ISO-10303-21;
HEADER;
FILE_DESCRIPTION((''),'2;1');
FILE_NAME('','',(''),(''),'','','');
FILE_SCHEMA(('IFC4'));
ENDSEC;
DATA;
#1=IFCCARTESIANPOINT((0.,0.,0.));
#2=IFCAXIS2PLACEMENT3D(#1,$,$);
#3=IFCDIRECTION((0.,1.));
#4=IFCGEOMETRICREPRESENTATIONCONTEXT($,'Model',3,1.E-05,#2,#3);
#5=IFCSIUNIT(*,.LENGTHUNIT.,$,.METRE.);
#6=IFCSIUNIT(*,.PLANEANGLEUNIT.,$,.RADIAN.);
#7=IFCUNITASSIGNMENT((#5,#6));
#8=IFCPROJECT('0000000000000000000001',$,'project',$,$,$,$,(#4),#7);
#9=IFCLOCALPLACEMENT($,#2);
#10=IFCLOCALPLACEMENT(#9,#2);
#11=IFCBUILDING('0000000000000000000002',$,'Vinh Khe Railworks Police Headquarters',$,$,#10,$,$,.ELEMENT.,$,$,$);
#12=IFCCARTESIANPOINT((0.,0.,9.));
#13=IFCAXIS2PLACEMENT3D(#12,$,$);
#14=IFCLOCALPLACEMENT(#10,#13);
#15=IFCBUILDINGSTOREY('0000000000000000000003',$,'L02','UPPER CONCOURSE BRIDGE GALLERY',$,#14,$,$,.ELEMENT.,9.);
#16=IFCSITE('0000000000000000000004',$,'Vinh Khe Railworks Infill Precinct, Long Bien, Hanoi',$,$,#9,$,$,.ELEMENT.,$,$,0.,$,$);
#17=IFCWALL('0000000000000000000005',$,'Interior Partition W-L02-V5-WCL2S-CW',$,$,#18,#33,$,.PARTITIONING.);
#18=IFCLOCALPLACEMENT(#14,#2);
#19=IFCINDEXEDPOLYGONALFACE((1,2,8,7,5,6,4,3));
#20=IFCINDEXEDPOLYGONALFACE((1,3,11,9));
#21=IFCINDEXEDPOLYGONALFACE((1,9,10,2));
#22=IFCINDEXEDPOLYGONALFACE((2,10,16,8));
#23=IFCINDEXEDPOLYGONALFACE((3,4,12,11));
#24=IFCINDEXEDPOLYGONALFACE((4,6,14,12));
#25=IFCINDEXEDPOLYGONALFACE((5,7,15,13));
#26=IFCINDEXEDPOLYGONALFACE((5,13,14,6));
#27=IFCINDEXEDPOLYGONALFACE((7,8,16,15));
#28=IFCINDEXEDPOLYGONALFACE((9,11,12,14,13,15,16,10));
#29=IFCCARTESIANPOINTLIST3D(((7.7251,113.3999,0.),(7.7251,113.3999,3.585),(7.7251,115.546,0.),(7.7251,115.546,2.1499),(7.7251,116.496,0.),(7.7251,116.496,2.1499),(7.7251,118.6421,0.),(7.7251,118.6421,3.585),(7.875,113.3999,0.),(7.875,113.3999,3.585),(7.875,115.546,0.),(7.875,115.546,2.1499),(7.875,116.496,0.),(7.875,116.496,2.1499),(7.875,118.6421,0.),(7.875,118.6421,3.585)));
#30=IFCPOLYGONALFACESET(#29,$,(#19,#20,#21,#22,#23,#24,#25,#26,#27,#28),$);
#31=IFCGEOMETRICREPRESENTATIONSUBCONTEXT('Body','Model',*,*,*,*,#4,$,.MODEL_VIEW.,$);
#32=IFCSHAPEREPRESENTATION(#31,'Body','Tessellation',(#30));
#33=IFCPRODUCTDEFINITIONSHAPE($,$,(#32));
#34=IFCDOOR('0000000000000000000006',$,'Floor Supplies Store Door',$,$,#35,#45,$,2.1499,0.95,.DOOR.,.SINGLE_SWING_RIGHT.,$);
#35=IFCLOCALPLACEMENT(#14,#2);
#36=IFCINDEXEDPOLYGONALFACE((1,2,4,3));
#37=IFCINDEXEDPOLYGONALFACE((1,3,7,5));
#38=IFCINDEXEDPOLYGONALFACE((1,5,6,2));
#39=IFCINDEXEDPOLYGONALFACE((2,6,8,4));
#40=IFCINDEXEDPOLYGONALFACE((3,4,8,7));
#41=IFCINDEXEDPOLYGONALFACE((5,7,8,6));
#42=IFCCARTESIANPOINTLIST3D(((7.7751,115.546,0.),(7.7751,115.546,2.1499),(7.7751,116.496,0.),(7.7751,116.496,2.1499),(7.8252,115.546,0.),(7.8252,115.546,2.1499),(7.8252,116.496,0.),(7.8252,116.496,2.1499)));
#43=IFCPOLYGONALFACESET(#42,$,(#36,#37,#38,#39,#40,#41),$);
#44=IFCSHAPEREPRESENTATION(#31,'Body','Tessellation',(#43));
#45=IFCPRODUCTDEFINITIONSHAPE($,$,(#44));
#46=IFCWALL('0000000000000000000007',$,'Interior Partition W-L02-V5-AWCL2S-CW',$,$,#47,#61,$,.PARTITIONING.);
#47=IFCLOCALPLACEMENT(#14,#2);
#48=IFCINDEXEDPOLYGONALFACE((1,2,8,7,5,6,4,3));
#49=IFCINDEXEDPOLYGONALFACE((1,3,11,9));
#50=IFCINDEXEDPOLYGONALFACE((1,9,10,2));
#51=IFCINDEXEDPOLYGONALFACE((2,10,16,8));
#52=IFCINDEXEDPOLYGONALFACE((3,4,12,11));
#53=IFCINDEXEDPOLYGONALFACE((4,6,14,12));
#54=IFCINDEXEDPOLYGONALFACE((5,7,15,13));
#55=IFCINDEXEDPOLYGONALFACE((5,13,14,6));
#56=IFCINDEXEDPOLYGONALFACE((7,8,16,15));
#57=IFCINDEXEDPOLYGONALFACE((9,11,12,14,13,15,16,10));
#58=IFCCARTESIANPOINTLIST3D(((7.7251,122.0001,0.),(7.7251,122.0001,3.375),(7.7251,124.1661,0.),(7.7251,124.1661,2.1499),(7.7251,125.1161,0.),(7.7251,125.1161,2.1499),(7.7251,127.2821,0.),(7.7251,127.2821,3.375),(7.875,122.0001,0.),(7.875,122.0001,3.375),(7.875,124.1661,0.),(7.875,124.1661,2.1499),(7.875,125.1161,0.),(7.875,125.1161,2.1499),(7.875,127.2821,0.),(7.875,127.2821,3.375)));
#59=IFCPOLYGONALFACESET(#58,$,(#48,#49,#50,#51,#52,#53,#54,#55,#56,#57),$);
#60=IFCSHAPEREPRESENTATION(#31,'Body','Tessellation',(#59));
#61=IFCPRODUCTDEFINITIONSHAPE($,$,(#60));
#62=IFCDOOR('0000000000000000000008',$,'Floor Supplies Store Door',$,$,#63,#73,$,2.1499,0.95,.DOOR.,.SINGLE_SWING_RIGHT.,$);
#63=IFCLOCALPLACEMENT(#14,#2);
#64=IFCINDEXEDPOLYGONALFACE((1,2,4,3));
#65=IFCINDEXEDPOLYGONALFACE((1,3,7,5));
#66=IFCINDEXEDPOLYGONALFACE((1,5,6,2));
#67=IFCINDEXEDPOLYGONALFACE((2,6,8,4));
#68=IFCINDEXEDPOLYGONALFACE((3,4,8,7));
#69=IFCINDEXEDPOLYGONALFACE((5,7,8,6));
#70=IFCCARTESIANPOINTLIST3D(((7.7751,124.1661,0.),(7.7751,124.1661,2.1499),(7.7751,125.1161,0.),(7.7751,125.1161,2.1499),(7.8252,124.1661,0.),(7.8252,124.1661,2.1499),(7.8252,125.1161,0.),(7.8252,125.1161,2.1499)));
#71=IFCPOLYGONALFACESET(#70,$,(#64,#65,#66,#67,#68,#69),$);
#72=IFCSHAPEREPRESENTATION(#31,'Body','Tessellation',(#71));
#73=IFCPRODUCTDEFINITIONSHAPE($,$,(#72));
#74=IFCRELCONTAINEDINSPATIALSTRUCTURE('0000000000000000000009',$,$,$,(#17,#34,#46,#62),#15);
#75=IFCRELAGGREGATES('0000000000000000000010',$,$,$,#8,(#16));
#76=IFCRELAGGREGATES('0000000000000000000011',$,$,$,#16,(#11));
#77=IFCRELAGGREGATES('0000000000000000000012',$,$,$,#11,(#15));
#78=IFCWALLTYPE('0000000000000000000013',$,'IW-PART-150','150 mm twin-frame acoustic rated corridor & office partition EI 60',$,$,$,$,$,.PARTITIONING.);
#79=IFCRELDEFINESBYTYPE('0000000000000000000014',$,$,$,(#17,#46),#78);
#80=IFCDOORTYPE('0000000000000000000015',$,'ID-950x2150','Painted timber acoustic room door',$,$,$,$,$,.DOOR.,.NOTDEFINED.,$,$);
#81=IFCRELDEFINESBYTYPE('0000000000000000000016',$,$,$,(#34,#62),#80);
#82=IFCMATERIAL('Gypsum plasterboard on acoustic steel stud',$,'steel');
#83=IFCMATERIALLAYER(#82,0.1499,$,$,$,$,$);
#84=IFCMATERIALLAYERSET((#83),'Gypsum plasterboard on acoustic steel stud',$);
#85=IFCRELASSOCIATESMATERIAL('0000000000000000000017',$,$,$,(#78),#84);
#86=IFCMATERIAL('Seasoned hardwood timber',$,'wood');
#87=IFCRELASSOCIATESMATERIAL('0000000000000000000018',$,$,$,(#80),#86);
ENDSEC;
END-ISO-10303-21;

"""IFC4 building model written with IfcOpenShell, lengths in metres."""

from ifc_helpers import new_model, si_unit, direction, frame, frame_2d, origin, place, context, subcontext, project, spatial, rectangle, extrude, material, layer, layer_set, type_object, element, fill, save


model = new_model("IFC4")

# Units and contexts
model_context = context("Model", 3, precision=1e-05, world=origin(), true_north=direction((0.0, 1.0)))
body_context = subcontext(model_context, "Body", "Model", "MODEL_VIEW")
ifc_project = project(units=[si_unit("LENGTHUNIT", "METRE"), si_unit("PLANEANGLEUNIT", "RADIAN")], contexts=[model_context])

# Site, building, storey
site_placement = place(None, origin())
site = spatial("IfcSite", under=ifc_project, at=site_placement, Name="Vinh Khe Railworks Infill Precinct, Long Bien, Hanoi", CompositionType="ELEMENT", RefElevation=0.0)
building_placement = place(site_placement, origin())
building = spatial("IfcBuilding", under=site, at=building_placement, Name="Vinh Khe Railworks Police Headquarters", CompositionType="ELEMENT")
storey_placement = place(building_placement, frame((0.0, 0.0, 9.0)))
storey = spatial("IfcBuildingStorey", under=building, at=storey_placement, Name="L02", Description="UPPER CONCOURSE BRIDGE GALLERY", CompositionType="ELEMENT", Elevation=9.0)

# Walls, openings, doors
ifc_material_1 = material(Name="Gypsum plasterboard on acoustic steel stud", Category="steel")
ifc_layer_1 = layer(ifc_material_1, 0.1499)
ifc_layer_set_1 = layer_set([ifc_layer_1], Name="Gypsum plasterboard on acoustic steel stud")
wall_type_1 = type_object("IfcWallType", Name="IW-PART-150", Description="150 mm twin-frame acoustic rated corridor & office partition EI 60", PredefinedType="PARTITIONING", material=ifc_layer_set_1)
wall_1_placement = place(storey_placement, frame((7.8, 113.3999, 0.0), z_axis=(0.0, 0.0, 1.0), x_axis=(0.0, 1.0, 0.0)))
wall_1 = element("IfcWall", 1, at=wall_1_placement, inside=storey, type_object=wall_type_1, Name="Interior Partition W-L02-V5-WCL2S-CW", PredefinedType="PARTITIONING", context=body_context, shape_type="SweptSolid", body=[
    extrude(rectangle(XDim=5.2422, YDim=0.1499, at=frame_2d((2.6211, 0.0))), origin(), (0.0, 0.0, 1.0), 3.585),
])
opening_1_placement = place(wall_1_placement, frame((2.146, 0.0, 0.0)))
opening_1 = element("IfcOpeningElement", 2, at=opening_1_placement, cuts=wall_1, PredefinedType="OPENING", context=body_context, shape_type="SweptSolid", body=[
    extrude(rectangle(XDim=0.95, YDim=2.1499, at=frame_2d((0.4751, 1.075))), frame((0.0, 0.0898, 0.0), z_axis=(0.0, -1.0, 0.0), x_axis=(1.0, 0.0, 0.0)), (0.0, 0.0, 1.0), 0.1797),
])
ifc_material_2 = material(Name="Seasoned hardwood timber", Category="wood")
door_type_1 = type_object("IfcDoorType", Name="ID-950x2150", Description="Painted timber acoustic room door", OperationType="NOTDEFINED", PredefinedType="DOOR", material=ifc_material_2)
door_1_placement = place(opening_1_placement, origin())
door_1 = element("IfcDoor", 3, at=door_1_placement, inside=storey, type_object=door_type_1, Name="Floor Supplies Store Door", OperationType="SINGLE_SWING_RIGHT", OverallHeight=2.1499, OverallWidth=0.95, PredefinedType="DOOR", context=body_context, shape_type="SweptSolid", body=[
    extrude(rectangle(XDim=0.95, YDim=2.1499, at=frame_2d((0.4751, 1.075))), frame((0.0, 0.0249, 0.0), z_axis=(0.0, -1.0, 0.0), x_axis=(1.0, 0.0, 0.0)), (0.0, 0.0, 1.0), 0.05),
])
fill(opening_1, door_1)
wall_2_placement = place(storey_placement, frame((7.8, 122.0, 0.0), z_axis=(0.0, 0.0, 1.0), x_axis=(0.0, 1.0, 0.0)))
wall_2 = element("IfcWall", 4, at=wall_2_placement, inside=storey, type_object=wall_type_1, Name="Interior Partition W-L02-V5-AWCL2S-CW", PredefinedType="PARTITIONING", context=body_context, shape_type="SweptSolid", body=[
    extrude(rectangle(XDim=5.282, YDim=0.1499, at=frame_2d((2.6411, 0.0))), origin(), (0.0, 0.0, 1.0), 3.375),
])
opening_2_placement = place(wall_2_placement, frame((2.166, 0.0, 0.0)))
opening_2 = element("IfcOpeningElement", 5, at=opening_2_placement, cuts=wall_2, PredefinedType="OPENING", context=body_context, shape_type="SweptSolid", body=[
    extrude(rectangle(XDim=0.95, YDim=2.1499, at=frame_2d((0.4751, 1.075))), frame((0.0, 0.0898, 0.0), z_axis=(0.0, -1.0, 0.0), x_axis=(1.0, 0.0, 0.0)), (0.0, 0.0, 1.0), 0.1797),
])
door_2_placement = place(opening_2_placement, origin())
door_2 = element("IfcDoor", 6, at=door_2_placement, inside=storey, type_object=door_type_1, Name="Floor Supplies Store Door", OperationType="SINGLE_SWING_RIGHT", OverallHeight=2.1499, OverallWidth=0.95, PredefinedType="DOOR", context=body_context, shape_type="SweptSolid", body=[
    extrude(rectangle(XDim=0.95, YDim=2.1499, at=frame_2d((0.4751, 1.075))), frame((0.0, 0.0249, 0.0), z_axis=(0.0, -1.0, 0.0), x_axis=(1.0, 0.0, 0.0)), (0.0, 0.0, 1.0), 0.05),
])
fill(opening_2, door_2)

save(model, "model.ifc")
